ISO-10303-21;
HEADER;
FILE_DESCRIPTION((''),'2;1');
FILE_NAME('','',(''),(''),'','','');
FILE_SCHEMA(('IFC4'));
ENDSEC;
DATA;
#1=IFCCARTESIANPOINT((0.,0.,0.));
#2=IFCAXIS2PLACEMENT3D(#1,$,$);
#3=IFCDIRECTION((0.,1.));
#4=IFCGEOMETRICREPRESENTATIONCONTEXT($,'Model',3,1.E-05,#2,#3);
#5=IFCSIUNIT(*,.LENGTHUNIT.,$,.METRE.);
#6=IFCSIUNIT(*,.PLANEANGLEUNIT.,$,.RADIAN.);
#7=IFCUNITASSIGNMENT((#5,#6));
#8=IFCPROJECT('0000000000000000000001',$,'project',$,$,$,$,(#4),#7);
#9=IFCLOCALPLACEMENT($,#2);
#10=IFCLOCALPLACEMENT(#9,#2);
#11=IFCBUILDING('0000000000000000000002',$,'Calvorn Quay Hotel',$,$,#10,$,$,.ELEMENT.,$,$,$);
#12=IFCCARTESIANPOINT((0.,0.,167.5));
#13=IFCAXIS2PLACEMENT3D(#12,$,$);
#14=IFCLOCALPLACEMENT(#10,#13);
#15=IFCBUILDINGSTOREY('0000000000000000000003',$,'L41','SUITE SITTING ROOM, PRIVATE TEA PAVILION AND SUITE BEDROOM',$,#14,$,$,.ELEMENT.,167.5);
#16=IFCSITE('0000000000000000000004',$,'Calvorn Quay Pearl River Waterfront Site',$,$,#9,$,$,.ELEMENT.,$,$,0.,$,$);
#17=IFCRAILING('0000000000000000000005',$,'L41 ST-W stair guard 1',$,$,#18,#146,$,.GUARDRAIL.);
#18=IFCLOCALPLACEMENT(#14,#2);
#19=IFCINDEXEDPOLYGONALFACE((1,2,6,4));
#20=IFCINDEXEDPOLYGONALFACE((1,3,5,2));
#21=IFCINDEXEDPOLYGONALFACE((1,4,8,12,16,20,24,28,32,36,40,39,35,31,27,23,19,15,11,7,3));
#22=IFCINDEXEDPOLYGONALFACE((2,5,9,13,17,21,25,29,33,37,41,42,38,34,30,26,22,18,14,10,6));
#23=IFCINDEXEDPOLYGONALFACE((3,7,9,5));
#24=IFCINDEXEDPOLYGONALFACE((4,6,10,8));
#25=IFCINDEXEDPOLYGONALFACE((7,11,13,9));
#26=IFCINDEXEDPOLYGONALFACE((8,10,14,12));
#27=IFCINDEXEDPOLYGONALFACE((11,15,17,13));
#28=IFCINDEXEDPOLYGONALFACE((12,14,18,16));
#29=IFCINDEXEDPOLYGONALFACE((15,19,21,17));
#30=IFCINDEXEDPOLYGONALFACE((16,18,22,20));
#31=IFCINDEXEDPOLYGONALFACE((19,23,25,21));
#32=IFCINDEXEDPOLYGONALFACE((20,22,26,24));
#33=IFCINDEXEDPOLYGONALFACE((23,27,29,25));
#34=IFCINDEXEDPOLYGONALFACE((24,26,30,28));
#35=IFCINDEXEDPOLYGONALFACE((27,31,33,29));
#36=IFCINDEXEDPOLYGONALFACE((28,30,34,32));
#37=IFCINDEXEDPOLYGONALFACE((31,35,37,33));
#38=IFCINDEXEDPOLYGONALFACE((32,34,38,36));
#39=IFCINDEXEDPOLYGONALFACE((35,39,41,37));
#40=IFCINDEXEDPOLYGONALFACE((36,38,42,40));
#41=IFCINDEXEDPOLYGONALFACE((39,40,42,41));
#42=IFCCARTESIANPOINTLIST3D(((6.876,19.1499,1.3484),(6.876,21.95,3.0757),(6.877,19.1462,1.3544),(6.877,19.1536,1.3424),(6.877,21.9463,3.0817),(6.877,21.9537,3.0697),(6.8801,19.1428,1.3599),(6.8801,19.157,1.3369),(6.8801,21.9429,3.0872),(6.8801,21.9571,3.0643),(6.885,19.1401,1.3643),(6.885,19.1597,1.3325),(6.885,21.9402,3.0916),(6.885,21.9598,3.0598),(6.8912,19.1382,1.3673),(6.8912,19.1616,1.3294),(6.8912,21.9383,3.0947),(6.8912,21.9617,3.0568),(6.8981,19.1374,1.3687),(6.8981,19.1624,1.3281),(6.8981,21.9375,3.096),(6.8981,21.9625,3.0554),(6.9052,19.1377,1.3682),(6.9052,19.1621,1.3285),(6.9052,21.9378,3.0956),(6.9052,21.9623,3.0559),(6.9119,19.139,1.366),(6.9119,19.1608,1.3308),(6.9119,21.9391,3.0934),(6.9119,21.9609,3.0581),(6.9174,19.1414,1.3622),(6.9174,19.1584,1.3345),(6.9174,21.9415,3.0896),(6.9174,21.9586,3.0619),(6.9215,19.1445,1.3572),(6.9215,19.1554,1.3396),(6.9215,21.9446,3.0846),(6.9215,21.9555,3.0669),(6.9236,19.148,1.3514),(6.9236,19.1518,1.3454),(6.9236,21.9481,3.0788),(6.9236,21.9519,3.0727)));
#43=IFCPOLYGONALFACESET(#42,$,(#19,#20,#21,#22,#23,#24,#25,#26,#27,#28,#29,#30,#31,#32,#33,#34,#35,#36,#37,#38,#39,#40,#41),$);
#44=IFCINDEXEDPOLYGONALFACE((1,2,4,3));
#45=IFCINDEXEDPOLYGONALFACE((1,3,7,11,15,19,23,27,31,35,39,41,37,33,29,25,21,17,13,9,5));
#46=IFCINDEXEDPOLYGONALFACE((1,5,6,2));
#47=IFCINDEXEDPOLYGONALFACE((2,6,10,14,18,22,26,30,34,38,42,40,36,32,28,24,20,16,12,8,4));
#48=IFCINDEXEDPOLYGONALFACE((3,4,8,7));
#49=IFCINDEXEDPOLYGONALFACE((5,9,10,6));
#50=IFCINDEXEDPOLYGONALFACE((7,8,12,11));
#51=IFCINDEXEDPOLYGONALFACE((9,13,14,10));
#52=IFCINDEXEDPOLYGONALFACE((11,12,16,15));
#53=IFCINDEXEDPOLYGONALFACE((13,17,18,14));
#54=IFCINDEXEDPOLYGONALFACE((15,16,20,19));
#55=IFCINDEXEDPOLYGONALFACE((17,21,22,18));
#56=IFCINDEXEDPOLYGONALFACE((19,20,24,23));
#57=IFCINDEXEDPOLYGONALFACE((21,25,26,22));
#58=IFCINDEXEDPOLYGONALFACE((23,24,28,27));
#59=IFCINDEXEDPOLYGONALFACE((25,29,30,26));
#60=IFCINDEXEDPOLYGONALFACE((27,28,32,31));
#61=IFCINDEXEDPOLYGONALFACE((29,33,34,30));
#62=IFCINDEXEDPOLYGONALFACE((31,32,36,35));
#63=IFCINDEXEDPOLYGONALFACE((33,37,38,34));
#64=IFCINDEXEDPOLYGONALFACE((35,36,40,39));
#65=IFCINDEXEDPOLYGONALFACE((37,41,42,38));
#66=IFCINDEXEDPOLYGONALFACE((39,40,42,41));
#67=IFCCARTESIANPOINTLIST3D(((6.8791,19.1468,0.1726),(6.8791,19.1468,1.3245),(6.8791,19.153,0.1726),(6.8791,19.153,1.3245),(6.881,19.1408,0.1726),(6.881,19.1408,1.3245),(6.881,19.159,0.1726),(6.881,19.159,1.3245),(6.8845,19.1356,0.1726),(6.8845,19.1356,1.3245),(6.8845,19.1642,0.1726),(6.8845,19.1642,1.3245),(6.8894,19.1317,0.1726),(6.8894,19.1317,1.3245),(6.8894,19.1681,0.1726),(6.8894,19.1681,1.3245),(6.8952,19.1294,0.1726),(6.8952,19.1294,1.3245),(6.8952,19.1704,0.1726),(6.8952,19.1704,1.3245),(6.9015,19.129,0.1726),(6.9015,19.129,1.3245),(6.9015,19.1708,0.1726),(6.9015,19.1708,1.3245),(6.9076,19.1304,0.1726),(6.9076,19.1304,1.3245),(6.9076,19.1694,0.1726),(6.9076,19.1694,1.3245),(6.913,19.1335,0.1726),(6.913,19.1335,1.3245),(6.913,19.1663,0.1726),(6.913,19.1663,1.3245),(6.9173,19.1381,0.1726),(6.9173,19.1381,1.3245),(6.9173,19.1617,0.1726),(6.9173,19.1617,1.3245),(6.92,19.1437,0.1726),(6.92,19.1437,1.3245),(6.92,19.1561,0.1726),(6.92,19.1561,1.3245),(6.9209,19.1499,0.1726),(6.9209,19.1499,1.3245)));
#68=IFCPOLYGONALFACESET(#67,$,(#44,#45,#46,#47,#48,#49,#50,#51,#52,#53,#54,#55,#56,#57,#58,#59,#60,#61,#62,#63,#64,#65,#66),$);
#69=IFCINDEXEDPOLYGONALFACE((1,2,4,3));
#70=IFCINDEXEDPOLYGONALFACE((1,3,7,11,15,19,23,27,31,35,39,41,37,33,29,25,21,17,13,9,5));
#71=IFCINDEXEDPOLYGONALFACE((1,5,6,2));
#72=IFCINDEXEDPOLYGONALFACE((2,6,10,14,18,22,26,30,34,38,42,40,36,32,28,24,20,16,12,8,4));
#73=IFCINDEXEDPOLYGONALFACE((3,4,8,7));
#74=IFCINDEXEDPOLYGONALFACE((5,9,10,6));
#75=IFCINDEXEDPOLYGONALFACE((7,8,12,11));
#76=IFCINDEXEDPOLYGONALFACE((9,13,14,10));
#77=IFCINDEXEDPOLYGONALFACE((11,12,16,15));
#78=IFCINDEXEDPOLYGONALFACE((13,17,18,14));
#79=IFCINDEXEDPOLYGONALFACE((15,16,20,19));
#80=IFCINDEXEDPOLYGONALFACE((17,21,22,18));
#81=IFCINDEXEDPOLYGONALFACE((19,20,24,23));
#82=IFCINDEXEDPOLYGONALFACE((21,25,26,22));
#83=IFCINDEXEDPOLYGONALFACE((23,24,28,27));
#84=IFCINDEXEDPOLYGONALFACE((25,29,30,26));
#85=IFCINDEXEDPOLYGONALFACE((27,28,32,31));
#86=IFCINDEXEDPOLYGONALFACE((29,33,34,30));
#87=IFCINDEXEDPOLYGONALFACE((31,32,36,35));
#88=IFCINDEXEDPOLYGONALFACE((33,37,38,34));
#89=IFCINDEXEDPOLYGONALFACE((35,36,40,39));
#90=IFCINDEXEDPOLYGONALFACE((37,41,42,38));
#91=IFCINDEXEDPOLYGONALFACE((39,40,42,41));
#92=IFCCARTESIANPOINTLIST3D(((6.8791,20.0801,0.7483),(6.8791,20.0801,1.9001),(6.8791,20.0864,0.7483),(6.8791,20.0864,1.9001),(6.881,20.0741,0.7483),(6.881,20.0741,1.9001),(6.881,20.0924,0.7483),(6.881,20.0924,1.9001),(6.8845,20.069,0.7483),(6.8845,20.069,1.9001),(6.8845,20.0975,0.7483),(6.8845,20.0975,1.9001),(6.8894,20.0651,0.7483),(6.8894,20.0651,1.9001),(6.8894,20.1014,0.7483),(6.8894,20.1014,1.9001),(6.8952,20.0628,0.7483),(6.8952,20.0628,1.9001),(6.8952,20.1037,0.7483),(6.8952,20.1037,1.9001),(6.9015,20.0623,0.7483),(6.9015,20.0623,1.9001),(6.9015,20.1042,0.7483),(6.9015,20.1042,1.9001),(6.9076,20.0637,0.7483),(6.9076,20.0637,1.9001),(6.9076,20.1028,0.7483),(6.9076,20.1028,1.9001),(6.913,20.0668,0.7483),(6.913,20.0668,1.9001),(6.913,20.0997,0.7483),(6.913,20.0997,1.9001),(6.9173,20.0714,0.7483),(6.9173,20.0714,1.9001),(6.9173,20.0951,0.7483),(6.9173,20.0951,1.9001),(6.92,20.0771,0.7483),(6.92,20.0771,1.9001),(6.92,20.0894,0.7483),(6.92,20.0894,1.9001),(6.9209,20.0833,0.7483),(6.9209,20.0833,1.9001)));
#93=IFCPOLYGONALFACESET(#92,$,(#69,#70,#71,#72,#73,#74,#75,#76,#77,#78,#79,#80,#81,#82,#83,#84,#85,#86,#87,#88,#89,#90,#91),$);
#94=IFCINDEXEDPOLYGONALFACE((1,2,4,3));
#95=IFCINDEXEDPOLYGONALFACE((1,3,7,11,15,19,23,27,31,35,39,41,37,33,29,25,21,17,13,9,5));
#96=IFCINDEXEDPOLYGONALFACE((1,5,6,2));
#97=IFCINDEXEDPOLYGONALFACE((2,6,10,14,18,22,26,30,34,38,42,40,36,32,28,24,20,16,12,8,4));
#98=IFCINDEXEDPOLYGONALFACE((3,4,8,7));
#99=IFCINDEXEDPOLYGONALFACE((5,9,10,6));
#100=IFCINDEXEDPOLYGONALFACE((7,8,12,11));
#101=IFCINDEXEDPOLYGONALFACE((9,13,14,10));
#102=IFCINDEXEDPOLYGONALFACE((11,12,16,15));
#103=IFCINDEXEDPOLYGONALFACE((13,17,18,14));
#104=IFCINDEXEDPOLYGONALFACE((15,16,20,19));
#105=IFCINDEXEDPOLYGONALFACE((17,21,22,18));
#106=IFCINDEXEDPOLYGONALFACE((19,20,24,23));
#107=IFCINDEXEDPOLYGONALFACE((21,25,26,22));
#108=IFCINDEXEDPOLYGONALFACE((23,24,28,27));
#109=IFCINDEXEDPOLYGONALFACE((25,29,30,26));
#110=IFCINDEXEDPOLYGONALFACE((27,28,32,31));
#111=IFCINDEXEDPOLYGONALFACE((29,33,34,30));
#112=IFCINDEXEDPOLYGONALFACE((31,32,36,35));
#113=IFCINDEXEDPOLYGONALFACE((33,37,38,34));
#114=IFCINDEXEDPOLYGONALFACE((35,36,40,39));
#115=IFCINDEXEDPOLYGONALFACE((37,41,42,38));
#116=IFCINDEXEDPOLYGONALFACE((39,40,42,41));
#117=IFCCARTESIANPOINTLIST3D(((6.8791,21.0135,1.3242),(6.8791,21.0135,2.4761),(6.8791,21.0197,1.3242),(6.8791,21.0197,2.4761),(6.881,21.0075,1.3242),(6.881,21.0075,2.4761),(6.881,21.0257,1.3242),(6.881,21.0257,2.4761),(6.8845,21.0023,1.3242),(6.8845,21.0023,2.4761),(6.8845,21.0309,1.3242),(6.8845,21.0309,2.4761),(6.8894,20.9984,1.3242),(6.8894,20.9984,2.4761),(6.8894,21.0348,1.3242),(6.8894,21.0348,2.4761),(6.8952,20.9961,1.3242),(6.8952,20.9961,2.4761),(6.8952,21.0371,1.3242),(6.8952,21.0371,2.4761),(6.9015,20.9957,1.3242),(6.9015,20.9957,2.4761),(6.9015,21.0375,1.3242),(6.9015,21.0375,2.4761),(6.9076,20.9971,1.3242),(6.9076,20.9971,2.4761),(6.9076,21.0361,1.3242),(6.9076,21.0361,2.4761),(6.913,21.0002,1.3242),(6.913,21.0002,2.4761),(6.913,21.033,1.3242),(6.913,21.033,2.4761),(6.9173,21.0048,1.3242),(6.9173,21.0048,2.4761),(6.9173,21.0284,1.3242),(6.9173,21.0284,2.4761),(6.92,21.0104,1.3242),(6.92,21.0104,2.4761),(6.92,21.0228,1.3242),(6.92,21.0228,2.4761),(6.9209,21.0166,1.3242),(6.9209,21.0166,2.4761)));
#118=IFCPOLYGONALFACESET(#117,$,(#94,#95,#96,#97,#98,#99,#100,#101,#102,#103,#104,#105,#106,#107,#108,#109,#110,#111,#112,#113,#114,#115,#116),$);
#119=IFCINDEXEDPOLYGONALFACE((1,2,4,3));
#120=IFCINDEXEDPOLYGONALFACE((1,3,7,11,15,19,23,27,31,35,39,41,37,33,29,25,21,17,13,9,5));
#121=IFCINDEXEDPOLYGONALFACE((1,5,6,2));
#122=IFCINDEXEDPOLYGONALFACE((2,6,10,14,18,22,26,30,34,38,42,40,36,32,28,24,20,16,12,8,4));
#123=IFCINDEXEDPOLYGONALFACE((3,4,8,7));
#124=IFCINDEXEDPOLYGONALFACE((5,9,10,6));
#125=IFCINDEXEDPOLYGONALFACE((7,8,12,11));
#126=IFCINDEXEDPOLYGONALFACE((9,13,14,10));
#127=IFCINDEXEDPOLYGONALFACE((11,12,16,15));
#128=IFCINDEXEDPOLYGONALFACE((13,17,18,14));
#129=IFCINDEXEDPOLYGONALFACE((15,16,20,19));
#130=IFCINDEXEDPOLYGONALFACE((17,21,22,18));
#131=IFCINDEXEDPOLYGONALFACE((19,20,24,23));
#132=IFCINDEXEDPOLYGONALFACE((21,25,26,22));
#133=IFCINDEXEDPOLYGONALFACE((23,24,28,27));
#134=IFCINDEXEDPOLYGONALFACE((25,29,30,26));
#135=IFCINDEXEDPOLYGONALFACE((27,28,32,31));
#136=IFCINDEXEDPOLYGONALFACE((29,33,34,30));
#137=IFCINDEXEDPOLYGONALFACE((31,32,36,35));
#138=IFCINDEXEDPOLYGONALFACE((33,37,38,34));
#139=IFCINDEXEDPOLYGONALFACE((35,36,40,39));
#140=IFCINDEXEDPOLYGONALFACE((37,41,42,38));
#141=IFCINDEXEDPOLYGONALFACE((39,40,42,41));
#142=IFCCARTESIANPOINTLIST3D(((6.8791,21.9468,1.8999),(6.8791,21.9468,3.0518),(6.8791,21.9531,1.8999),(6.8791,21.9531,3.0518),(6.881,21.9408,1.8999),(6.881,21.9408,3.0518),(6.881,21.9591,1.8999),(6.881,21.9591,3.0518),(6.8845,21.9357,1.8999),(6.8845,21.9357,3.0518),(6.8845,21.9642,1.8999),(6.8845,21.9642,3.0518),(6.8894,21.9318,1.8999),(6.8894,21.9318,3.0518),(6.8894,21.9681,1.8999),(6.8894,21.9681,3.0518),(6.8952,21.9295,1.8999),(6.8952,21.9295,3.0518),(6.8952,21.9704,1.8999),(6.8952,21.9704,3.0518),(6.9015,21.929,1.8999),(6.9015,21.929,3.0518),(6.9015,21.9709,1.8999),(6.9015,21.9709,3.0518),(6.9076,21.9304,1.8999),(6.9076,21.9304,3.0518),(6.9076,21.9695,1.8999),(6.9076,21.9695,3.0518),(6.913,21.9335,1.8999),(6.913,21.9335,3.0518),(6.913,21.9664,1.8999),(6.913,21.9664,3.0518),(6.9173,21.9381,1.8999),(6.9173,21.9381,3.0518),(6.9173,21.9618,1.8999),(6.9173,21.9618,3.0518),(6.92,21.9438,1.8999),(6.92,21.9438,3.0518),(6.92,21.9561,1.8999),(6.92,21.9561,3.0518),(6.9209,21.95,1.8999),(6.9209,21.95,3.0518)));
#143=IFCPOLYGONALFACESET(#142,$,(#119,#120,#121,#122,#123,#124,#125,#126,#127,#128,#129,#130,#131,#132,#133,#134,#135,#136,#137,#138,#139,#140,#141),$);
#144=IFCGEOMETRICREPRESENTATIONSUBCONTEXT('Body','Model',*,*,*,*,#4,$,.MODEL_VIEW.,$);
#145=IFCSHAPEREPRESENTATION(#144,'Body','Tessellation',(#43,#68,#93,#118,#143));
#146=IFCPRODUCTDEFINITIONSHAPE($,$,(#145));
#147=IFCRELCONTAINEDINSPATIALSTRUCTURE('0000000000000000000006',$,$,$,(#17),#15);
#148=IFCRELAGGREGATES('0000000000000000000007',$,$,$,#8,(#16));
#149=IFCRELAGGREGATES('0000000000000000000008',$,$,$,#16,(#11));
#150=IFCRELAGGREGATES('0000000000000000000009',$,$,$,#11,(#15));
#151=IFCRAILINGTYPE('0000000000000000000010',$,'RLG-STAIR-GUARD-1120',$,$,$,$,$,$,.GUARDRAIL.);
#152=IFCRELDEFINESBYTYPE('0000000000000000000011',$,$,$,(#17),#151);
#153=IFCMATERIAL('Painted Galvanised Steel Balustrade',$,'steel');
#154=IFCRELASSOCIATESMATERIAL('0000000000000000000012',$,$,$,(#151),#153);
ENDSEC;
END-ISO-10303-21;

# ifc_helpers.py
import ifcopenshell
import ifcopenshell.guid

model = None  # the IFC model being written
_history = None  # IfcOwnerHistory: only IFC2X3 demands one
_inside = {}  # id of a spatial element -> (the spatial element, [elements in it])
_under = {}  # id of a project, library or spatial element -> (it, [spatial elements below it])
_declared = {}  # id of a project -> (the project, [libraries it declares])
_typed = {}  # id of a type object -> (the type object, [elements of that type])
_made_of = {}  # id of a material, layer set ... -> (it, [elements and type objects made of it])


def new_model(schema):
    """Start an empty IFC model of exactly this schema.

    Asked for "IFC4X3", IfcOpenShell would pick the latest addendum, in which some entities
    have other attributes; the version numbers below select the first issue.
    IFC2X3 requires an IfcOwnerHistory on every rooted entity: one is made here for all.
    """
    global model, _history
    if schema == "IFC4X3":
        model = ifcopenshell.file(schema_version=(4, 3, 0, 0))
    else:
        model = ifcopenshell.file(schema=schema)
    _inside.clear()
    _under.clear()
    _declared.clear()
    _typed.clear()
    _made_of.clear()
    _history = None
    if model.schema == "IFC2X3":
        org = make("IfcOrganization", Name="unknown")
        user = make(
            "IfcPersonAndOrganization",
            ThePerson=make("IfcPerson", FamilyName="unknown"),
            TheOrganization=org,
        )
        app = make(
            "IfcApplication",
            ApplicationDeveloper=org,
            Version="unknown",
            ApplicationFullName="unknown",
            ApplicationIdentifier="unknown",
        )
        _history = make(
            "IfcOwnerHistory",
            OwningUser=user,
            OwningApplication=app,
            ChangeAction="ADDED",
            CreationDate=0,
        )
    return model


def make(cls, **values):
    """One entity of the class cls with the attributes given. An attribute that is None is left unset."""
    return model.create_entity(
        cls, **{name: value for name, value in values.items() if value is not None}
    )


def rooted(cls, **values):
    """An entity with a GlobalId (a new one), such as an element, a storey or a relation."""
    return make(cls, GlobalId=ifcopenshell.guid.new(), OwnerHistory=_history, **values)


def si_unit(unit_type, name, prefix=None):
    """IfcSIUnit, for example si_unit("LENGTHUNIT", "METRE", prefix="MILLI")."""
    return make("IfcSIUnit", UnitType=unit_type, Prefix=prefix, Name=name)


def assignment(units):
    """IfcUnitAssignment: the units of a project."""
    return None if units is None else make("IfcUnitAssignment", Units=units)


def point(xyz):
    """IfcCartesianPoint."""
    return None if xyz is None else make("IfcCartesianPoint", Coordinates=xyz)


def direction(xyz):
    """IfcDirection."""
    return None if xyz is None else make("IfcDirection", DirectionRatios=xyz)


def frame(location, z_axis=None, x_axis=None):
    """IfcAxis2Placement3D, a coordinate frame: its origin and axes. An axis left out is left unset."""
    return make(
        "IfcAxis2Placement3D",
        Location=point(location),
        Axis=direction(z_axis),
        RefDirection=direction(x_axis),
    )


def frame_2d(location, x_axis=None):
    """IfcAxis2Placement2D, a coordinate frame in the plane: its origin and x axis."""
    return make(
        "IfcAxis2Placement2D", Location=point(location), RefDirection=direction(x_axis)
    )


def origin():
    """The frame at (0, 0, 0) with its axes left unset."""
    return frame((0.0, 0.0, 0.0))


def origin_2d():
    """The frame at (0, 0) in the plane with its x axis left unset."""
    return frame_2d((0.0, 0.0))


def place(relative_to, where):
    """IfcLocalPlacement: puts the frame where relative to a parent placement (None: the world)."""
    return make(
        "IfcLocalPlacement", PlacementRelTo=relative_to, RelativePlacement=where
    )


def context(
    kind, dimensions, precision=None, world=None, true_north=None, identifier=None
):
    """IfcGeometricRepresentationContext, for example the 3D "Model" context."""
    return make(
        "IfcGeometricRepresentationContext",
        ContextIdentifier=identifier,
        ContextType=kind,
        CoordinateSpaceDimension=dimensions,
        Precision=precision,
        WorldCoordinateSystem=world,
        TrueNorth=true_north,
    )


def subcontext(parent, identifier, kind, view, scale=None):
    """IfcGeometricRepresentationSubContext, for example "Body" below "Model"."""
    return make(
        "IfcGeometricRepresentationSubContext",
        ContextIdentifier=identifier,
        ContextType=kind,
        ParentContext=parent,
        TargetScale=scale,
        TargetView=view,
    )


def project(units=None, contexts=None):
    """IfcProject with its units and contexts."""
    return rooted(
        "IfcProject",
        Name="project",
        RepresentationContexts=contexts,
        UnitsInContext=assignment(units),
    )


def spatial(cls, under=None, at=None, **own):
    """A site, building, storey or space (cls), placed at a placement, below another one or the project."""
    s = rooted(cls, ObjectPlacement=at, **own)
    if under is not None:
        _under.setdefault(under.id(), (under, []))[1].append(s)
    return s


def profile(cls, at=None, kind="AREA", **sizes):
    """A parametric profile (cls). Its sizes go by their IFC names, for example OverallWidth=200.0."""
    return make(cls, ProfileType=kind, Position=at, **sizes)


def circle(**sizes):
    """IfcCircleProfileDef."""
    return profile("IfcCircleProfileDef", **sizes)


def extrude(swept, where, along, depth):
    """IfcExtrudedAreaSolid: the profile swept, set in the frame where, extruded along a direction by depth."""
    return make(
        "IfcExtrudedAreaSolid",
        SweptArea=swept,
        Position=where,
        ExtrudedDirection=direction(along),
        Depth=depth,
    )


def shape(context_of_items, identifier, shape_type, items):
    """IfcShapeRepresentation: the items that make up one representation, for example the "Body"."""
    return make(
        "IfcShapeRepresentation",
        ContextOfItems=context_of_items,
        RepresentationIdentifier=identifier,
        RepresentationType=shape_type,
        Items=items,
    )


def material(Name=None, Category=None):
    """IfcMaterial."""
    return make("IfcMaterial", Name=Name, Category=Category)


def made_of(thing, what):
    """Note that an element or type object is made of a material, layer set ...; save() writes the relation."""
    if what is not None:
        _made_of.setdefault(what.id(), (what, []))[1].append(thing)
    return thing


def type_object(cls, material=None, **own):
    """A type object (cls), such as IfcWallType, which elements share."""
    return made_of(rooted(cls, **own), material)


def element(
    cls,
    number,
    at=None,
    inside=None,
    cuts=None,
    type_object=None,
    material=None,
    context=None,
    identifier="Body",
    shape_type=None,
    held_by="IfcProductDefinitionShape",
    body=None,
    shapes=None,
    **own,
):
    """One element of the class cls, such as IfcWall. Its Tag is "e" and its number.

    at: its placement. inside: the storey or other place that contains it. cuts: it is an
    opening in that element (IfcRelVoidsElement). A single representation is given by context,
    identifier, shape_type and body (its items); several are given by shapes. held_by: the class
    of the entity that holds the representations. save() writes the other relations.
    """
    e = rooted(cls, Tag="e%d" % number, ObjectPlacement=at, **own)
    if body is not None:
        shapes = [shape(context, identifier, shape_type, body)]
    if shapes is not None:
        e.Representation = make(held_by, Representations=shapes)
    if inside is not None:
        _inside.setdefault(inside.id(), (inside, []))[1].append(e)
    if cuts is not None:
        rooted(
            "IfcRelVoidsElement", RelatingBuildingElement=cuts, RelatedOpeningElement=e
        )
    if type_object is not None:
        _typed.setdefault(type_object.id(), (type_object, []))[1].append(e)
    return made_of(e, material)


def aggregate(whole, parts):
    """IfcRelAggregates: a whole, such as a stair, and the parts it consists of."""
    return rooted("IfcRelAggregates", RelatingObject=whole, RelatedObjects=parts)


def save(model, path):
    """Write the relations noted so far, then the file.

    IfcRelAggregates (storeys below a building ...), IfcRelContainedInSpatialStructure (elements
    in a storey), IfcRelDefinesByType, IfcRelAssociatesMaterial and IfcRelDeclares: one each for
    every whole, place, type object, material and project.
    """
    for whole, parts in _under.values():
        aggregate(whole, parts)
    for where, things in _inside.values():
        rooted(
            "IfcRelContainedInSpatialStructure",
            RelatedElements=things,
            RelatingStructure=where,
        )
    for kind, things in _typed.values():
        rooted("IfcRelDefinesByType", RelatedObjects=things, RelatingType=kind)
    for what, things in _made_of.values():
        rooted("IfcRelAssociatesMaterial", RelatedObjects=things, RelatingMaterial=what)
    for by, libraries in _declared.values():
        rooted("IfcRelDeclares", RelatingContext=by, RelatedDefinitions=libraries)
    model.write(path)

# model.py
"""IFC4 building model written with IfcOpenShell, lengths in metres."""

from ifc_helpers import new_model, si_unit, direction, frame, origin, origin_2d, place, context, subcontext, project, spatial, circle, extrude, material, type_object, element, save


model = new_model("IFC4")

# Units and contexts
model_context = context("Model", 3, precision=1e-05, world=origin(), true_north=direction((0.0, 1.0)))
body_context = subcontext(model_context, "Body", "Model", "MODEL_VIEW")
ifc_project = project(units=[si_unit("LENGTHUNIT", "METRE"), si_unit("PLANEANGLEUNIT", "RADIAN")], contexts=[model_context])

# Site, building, storey
site_placement = place(None, origin())
site = spatial("IfcSite", under=ifc_project, at=site_placement, Name="Calvorn Quay Pearl River Waterfront Site", CompositionType="ELEMENT", RefElevation=0.0)
building_placement = place(site_placement, origin())
building = spatial("IfcBuilding", under=site, at=building_placement, Name="Calvorn Quay Hotel", CompositionType="ELEMENT")
storey_placement = place(building_placement, frame((0.0, 0.0, 167.5)))
storey = spatial("IfcBuildingStorey", under=building, at=storey_placement, Name="L41", Description="SUITE SITTING ROOM, PRIVATE TEA PAVILION AND SUITE BEDROOM", CompositionType="ELEMENT", Elevation=167.5)

# Railing
ifc_material_1 = material(Name="Painted Galvanised Steel Balustrade", Category="steel")
railing_type_1 = type_object("IfcRailingType", Name="RLG-STAIR-GUARD-1120", PredefinedType="GUARDRAIL", material=ifc_material_1)
railing_1_placement = place(storey_placement, frame((6.8999, 19.1499, 0.1726)))
element("IfcRailing", 1, at=railing_1_placement, inside=storey, type_object=railing_type_1, Name="L41 ST-W stair guard 1", PredefinedType="GUARDRAIL", context=body_context, shape_type="SweptSolid", body=[
    extrude(circle(Radius=0.0239, at=origin_2d()), frame((0.0, 0.0, 1.1758), z_axis=(0.0, 0.85109, 0.52502), x_axis=(-1.0, 0.0, 0.0)), (0.0, 0.0, 1.0), 3.29),
    extrude(circle(Radius=0.021, at=origin_2d()), origin(), (0.0, 0.0, 1.0), 1.1519),
    extrude(circle(Radius=0.021, at=origin_2d()), frame((0.0, 0.9333, 0.5757)), (0.0, 0.0, 1.0), 1.1519),
    extrude(circle(Radius=0.021, at=origin_2d()), frame((0.0, 1.8667, 1.1516)), (0.0, 0.0, 1.0), 1.1519),
    extrude(circle(Radius=0.021, at=origin_2d()), frame((0.0, 2.8, 1.7273)), (0.0, 0.0, 1.0), 1.1519),
])

save(model, "model.ifc")
